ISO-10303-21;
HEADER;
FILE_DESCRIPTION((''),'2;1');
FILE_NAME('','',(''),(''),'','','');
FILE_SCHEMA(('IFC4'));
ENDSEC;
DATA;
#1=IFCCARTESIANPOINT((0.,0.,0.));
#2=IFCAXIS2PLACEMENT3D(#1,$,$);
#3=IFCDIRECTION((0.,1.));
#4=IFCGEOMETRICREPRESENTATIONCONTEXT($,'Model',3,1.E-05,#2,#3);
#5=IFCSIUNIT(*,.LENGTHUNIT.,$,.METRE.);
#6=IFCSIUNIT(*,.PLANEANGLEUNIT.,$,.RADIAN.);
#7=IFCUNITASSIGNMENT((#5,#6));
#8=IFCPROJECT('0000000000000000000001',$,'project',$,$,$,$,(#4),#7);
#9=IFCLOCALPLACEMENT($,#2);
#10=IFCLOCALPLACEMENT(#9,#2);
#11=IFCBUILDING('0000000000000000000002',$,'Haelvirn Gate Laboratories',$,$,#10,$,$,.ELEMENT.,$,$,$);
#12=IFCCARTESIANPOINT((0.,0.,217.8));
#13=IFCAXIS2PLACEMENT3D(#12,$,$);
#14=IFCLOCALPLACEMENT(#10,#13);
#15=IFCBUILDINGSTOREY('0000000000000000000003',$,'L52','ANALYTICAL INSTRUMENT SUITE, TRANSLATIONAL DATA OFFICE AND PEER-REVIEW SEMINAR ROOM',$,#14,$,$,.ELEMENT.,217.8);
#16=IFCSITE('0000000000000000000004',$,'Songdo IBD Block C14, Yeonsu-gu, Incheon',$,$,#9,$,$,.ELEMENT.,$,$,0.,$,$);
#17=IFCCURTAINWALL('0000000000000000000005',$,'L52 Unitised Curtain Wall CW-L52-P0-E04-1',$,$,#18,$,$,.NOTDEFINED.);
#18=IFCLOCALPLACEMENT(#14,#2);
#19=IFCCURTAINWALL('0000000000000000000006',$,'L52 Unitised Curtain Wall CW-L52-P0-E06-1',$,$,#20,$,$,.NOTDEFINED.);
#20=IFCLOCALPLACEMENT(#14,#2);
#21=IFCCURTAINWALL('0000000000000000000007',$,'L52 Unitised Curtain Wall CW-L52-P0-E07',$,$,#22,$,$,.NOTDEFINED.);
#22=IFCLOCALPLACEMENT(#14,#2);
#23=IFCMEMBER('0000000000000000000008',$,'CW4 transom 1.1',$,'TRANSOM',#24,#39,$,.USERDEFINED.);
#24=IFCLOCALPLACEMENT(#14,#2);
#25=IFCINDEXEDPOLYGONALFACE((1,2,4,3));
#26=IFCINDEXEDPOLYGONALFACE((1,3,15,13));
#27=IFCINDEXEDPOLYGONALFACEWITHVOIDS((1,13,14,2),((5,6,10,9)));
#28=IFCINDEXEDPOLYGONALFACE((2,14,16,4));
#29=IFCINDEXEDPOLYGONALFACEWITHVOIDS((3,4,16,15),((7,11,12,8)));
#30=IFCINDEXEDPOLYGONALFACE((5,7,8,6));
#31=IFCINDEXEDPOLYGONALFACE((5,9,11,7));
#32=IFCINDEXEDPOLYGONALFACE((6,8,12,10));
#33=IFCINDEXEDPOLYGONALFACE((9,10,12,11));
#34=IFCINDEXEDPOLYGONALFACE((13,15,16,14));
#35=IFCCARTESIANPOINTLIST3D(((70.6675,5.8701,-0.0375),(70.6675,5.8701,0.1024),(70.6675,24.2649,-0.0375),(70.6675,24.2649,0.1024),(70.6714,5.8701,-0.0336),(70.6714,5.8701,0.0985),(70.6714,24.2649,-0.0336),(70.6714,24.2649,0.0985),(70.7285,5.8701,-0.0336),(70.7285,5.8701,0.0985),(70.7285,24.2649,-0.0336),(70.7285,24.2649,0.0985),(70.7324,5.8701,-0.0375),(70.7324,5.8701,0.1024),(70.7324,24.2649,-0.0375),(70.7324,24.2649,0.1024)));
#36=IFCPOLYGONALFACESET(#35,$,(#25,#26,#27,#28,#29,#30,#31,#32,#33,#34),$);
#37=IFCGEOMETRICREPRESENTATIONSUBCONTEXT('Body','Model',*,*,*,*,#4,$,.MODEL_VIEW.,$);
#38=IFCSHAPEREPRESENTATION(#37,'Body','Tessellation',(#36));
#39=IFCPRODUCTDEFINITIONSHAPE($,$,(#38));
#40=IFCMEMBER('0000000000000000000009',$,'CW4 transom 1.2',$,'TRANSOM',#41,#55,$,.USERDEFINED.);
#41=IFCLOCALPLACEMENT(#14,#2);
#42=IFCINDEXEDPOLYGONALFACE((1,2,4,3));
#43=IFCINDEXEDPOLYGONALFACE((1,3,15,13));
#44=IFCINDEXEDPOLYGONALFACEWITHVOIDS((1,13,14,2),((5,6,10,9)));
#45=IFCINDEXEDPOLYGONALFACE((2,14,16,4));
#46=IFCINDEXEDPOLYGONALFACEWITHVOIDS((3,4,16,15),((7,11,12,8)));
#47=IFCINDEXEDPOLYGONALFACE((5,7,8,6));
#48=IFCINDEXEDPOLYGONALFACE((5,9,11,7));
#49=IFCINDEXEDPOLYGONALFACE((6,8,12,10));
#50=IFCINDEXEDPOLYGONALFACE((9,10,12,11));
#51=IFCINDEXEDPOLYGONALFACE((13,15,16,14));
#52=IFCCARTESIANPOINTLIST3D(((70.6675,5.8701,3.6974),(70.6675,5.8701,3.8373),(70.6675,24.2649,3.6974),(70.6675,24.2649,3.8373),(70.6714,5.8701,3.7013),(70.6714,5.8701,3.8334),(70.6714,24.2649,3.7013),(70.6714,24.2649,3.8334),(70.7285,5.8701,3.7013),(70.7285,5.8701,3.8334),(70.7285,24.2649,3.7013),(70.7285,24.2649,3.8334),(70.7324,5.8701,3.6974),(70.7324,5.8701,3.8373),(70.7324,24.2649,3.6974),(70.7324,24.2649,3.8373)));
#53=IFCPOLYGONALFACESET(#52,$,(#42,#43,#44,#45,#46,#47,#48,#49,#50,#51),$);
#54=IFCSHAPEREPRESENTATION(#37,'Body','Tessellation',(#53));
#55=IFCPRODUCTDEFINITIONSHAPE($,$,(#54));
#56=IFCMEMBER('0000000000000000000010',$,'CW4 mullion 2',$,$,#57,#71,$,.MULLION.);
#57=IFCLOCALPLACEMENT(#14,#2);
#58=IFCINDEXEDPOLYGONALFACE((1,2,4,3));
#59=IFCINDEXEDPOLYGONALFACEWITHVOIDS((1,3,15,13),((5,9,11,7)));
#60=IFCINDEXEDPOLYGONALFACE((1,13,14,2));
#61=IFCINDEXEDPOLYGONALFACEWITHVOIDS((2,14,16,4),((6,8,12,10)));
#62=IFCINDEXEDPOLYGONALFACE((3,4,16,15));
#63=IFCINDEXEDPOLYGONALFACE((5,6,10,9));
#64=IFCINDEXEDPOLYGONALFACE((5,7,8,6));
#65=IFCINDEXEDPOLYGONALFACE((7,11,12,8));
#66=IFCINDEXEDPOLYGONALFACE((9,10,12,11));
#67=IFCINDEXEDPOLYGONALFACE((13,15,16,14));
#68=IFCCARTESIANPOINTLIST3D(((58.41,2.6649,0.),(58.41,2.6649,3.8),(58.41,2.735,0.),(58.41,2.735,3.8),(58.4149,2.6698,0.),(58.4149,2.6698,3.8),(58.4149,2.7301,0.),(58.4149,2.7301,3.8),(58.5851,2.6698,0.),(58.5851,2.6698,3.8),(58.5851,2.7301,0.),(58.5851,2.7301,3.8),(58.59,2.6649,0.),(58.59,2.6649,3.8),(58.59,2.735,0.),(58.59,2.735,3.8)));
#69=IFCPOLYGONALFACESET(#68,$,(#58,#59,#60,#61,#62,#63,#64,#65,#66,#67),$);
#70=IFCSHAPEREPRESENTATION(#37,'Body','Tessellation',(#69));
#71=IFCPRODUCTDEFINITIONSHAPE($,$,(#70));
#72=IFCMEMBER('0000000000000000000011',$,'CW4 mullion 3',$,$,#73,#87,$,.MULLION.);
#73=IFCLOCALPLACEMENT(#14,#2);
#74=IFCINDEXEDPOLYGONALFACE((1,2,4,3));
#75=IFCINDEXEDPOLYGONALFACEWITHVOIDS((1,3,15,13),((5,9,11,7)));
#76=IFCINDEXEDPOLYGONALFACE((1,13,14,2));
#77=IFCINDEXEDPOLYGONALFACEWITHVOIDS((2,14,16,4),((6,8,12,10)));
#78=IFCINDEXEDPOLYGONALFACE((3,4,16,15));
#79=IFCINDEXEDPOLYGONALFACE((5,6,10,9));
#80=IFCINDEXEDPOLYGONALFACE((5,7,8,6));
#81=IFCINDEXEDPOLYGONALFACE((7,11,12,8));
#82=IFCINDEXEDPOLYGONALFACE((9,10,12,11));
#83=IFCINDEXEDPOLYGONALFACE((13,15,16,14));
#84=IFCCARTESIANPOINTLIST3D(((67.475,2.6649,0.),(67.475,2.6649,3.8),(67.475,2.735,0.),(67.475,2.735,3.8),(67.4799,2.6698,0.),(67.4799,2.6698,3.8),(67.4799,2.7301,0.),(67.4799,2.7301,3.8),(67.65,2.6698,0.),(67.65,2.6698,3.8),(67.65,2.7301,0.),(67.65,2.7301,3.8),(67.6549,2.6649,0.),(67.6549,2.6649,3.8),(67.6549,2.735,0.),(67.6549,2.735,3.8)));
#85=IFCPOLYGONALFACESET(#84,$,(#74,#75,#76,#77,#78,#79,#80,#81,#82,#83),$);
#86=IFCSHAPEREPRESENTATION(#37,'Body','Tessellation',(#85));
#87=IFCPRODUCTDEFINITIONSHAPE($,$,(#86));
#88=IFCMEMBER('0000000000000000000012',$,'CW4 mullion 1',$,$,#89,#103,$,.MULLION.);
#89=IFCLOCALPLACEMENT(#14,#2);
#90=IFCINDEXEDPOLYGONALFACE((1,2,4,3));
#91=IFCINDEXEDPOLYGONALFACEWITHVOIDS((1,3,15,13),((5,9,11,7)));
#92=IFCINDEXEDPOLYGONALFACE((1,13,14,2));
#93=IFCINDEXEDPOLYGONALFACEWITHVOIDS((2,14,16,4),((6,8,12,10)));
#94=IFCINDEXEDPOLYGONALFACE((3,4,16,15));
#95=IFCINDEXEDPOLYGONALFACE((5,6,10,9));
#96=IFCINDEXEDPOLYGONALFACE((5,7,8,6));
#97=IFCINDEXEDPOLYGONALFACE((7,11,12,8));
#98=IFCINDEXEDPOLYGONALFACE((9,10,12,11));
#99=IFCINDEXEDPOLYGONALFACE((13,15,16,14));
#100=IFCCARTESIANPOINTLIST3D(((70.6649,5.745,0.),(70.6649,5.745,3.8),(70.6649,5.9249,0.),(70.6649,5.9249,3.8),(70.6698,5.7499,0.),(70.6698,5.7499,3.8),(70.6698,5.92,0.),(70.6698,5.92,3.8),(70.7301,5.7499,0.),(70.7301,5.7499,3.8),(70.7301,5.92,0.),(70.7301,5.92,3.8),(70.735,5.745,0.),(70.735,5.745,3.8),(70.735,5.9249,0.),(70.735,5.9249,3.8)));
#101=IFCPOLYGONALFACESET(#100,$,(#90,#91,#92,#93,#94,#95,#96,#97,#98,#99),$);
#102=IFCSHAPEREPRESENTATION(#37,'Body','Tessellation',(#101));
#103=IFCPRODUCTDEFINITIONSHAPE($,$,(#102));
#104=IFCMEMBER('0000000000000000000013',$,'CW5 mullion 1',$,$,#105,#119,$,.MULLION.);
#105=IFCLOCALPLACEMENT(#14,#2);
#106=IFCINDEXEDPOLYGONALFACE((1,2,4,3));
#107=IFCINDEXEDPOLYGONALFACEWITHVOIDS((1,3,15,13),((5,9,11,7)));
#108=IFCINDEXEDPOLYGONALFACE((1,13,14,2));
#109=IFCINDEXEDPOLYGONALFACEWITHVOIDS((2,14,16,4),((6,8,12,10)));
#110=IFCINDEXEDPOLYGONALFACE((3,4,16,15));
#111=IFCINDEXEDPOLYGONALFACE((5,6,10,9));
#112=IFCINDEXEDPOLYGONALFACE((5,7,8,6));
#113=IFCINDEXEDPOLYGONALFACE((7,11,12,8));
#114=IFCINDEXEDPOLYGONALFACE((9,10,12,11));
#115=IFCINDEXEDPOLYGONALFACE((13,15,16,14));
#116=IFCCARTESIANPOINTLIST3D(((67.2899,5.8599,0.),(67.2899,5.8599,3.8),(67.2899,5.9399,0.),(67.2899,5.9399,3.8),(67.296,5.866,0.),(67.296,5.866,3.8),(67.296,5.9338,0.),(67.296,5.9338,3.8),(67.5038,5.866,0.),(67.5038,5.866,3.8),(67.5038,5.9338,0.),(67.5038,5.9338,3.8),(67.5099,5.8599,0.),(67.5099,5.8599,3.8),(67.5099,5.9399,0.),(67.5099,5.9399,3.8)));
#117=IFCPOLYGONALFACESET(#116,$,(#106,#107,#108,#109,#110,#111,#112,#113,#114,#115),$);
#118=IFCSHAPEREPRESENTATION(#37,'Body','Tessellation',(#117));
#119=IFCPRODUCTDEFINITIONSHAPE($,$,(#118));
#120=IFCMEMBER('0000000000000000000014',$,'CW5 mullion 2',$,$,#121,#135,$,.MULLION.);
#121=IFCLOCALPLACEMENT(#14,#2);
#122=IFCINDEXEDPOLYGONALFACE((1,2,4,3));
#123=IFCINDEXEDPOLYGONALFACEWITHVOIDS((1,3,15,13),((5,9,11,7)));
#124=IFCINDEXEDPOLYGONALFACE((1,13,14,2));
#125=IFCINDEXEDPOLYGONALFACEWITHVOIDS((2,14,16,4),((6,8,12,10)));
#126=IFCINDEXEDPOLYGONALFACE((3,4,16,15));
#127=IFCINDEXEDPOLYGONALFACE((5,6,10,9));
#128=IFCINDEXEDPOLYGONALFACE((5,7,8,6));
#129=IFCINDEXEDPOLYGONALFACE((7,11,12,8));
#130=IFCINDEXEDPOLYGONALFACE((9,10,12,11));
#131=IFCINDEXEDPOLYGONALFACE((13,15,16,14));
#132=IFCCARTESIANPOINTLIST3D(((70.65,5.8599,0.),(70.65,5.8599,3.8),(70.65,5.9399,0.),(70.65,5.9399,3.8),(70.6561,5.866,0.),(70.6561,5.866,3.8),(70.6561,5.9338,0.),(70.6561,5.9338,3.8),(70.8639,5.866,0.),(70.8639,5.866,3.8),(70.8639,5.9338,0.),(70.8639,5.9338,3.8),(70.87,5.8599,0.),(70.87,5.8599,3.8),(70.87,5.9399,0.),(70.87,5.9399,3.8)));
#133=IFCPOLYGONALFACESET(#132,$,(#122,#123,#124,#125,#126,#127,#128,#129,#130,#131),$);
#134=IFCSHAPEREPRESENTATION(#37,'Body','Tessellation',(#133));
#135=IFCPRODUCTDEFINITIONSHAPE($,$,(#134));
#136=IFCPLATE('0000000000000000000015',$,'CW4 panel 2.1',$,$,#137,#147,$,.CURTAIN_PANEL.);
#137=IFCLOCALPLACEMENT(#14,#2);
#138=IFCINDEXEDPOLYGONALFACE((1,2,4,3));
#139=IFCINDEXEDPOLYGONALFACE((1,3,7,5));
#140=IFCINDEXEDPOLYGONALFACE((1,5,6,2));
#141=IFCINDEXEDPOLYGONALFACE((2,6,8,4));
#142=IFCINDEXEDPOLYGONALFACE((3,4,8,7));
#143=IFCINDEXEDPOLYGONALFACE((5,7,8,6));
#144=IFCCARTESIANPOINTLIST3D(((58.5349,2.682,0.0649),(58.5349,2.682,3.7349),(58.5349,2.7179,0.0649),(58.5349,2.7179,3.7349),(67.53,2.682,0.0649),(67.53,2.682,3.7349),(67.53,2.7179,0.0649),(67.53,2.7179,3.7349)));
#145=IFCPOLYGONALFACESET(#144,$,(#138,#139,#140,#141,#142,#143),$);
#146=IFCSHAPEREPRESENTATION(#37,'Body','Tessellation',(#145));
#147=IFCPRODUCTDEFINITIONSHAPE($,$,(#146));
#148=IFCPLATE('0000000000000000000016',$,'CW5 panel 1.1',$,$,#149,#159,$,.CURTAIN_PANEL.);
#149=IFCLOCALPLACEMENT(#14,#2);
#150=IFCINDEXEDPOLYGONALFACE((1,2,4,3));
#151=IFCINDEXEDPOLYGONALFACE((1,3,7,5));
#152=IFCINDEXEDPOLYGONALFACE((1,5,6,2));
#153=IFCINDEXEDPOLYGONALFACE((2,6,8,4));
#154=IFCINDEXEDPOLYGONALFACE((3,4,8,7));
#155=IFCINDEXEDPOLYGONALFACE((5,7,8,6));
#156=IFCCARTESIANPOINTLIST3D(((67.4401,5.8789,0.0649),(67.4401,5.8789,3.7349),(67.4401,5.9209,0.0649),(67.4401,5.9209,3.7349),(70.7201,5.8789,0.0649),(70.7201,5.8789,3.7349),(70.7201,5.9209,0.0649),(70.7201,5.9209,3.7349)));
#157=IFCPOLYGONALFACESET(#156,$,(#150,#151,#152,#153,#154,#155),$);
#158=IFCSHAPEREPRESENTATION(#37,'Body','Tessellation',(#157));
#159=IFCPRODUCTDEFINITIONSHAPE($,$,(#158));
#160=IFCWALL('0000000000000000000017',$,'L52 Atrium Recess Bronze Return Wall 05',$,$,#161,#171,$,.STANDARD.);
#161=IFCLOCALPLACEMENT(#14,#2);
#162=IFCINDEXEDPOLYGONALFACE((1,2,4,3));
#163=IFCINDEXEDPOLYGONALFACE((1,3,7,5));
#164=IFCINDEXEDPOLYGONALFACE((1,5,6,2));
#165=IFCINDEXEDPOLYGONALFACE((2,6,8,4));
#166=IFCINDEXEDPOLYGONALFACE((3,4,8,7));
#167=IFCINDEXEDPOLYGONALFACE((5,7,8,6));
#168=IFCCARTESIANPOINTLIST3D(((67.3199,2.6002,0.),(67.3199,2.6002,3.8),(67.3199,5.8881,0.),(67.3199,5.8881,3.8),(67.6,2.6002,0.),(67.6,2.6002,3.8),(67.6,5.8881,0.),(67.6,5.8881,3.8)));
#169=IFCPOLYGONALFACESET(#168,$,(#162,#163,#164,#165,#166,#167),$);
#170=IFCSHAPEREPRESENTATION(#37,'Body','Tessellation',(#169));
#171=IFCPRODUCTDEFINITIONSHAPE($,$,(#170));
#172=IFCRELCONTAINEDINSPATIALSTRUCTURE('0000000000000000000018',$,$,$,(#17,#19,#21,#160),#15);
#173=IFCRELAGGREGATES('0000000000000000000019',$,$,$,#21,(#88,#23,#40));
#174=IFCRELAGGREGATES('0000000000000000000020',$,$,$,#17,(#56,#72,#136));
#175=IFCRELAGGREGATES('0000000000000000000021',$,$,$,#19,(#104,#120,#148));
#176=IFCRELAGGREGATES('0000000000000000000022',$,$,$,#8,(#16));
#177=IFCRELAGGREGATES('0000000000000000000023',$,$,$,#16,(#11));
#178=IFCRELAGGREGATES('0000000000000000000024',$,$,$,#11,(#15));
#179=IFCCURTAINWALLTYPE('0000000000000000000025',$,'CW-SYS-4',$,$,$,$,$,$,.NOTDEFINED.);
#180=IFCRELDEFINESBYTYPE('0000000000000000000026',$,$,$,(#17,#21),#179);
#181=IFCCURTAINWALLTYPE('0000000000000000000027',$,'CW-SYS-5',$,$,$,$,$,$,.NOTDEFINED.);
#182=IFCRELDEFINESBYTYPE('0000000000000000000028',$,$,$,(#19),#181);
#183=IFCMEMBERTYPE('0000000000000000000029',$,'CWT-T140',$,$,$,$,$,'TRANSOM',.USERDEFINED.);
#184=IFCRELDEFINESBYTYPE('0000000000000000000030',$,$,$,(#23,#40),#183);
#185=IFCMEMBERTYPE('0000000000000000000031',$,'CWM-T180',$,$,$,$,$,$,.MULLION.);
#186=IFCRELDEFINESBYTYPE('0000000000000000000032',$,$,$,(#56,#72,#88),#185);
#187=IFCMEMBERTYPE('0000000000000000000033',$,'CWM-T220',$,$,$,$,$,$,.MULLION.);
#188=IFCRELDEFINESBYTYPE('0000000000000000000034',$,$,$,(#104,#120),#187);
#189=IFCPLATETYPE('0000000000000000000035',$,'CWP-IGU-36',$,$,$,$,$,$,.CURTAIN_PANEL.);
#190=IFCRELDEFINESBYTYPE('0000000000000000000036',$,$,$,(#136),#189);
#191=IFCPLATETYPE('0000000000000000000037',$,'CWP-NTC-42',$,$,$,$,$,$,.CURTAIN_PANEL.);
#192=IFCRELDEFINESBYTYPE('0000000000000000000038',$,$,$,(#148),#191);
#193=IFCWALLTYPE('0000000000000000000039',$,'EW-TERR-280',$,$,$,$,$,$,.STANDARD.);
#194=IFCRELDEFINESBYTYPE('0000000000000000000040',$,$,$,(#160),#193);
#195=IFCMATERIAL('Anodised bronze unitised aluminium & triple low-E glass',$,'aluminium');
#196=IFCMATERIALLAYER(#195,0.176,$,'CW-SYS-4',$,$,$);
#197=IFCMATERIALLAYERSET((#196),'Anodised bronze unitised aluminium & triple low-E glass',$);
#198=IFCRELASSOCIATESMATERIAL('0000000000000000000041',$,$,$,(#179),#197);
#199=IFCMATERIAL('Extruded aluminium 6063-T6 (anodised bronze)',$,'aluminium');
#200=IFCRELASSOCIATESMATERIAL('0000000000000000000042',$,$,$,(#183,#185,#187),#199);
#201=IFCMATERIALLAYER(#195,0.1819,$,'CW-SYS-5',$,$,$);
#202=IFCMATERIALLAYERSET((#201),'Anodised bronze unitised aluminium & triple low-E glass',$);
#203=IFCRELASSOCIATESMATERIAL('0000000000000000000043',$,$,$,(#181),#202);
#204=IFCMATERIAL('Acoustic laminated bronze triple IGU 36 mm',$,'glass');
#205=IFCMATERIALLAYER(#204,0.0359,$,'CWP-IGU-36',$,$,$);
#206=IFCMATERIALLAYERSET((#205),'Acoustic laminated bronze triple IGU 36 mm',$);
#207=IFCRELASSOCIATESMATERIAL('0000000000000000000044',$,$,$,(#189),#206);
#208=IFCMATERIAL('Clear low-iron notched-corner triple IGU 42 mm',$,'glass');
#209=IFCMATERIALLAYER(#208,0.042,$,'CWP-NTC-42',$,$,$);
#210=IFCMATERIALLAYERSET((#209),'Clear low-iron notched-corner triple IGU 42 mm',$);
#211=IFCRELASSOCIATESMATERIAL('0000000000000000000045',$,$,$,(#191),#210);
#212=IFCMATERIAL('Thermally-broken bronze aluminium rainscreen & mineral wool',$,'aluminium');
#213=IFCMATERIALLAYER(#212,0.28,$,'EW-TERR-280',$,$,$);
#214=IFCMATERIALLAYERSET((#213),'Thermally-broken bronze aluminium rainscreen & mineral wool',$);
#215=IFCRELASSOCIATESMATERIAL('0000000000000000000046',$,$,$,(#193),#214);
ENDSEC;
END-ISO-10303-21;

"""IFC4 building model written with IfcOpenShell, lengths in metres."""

from ifc_helpers import new_model, si_unit, direction, frame, frame_2d, origin, origin_2d, place, context, subcontext, project, spatial, rectangle, hollow_rectangle, extrude, source, transform, mapped, material, layer, layer_set, material_profile, profile_set, type_object, type_shapes, element, aggregate, save


model = new_model("IFC4")

# Units and contexts
model_context = context("Model", 3, precision=1e-05, world=origin(), true_north=direction((0.0, 1.0)))
body_context = subcontext(model_context, "Body", "Model", "MODEL_VIEW")
ifc_project = project(units=[si_unit("LENGTHUNIT", "METRE"), si_unit("PLANEANGLEUNIT", "RADIAN")], contexts=[model_context])

# Site, building, storey
site_placement = place(None, origin())
site = spatial("IfcSite", under=ifc_project, at=site_placement, Name="Songdo IBD Block C14, Yeonsu-gu, Incheon", CompositionType="ELEMENT", RefElevation=0.0)
building_placement = place(site_placement, origin())
building = spatial("IfcBuilding", under=site, at=building_placement, Name="Haelvirn Gate Laboratories", CompositionType="ELEMENT")
storey_placement = place(building_placement, frame((0.0, 0.0, 217.8)))
storey = spatial("IfcBuildingStorey", under=building, at=storey_placement, Name="L52", Description="ANALYTICAL INSTRUMENT SUITE, TRANSLATIONAL DATA OFFICE AND PEER-REVIEW SEMINAR ROOM", CompositionType="ELEMENT", Elevation=217.8)

# Curtain walls, members
ifc_material_1 = material(Name="Anodised bronze unitised aluminium & triple low-E glass", Category="aluminium")
ifc_layer_1 = layer(ifc_material_1, 0.176, Name="CW-SYS-4")
ifc_layer_set_1 = layer_set([ifc_layer_1], Name="Anodised bronze unitised aluminium & triple low-E glass")
curtain_wall_type_1 = type_object("IfcCurtainWallType", Name="CW-SYS-4", PredefinedType="NOTDEFINED", material=ifc_layer_set_1)
curtain_wall_1_placement = place(storey_placement, origin())
curtain_wall_1 = element("IfcCurtainWall", 1, at=curtain_wall_1_placement, inside=storey, type_object=curtain_wall_type_1, Name="L52 Unitised Curtain Wall CW-L52-P0-E04-1", PredefinedType="NOTDEFINED")
ifc_material_2 = material(Name="Extruded aluminium 6063-T6 (anodised bronze)", Category="aluminium")
ifc_material_profile_1 = material_profile(ifc_material_2, hollow_rectangle(XDim=0.0649, YDim=0.1399, WallThickness=0.0039, at=origin_2d()), Name="CWT-140x65x4")
ifc_profile_set_1 = profile_set([ifc_material_profile_1], Name="Extruded aluminium 6063-T6 (anodised bronze)")
member_type_1 = type_object("IfcMemberType", Name="CWT-T140", ElementType="TRANSOM", PredefinedType="USERDEFINED", material=ifc_profile_set_1)
ifc_layer_2 = layer(ifc_material_1, 0.1819, Name="CW-SYS-5")
ifc_layer_set_2 = layer_set([ifc_layer_2], Name="Anodised bronze unitised aluminium & triple low-E glass")
curtain_wall_type_2 = type_object("IfcCurtainWallType", Name="CW-SYS-5", PredefinedType="NOTDEFINED", material=ifc_layer_set_2)
curtain_wall_2_placement = place(storey_placement, origin())
curtain_wall_2 = element("IfcCurtainWall", 2, at=curtain_wall_2_placement, inside=storey, type_object=curtain_wall_type_2, Name="L52 Unitised Curtain Wall CW-L52-P0-E06-1", PredefinedType="NOTDEFINED")
curtain_wall_3_placement = place(storey_placement, origin())
curtain_wall_3 = element("IfcCurtainWall", 3, at=curtain_wall_3_placement, inside=storey, type_object=curtain_wall_type_1, Name="L52 Unitised Curtain Wall CW-L52-P0-E07", PredefinedType="NOTDEFINED")
shared_shape_1 = source(origin(), body_context, "Body", "SweptSolid", [
    extrude(hollow_rectangle(XDim=0.0649, YDim=0.1399, WallThickness=0.0039, at=origin_2d()), origin(), (0.0, 0.0, 1.0), 18.3948),
])
member_1_placement = place(storey_placement, frame((70.7, 5.8701, 0.0325), z_axis=(0.0, 1.0, 0.0), x_axis=(-1.0, 0.0, 0.0)))
member_1 = element("IfcMember", 4, at=member_1_placement, type_object=member_type_1, Name="CW4 transom 1.1", ObjectType="TRANSOM", PredefinedType="USERDEFINED", context=body_context, shape_type="MappedRepresentation", body=[
    mapped(shared_shape_1, transform((0.0, 0.0, 0.0), scale=1.0)),
])
member_2_placement = place(storey_placement, frame((70.7, 5.8701, 3.7673), z_axis=(0.0, 1.0, 0.0), x_axis=(-1.0, 0.0, 0.0)))
member_2 = element("IfcMember", 5, at=member_2_placement, type_object=member_type_1, Name="CW4 transom 1.2", ObjectType="TRANSOM", PredefinedType="USERDEFINED", context=body_context, shape_type="MappedRepresentation", body=[
    mapped(shared_shape_1, transform((0.0, 0.0, 0.0), scale=1.0)),
])

# Members
ifc_material_profile_2 = material_profile(ifc_material_2, hollow_rectangle(XDim=0.0701, YDim=0.1799, WallThickness=0.0049, at=origin_2d()), Name="CWM-180x70x5")
ifc_profile_set_2 = profile_set([ifc_material_profile_2], Name="Extruded aluminium 6063-T6 (anodised bronze)")
member_type_2 = type_object("IfcMemberType", Name="CWM-T180", PredefinedType="MULLION", material=ifc_profile_set_2)
shared_shape_2 = source(origin(), body_context, "Body", "SweptSolid", [
    extrude(hollow_rectangle(XDim=0.0701, YDim=0.1799, WallThickness=0.0049, at=origin_2d()), origin(), (0.0, 0.0, 1.0), 3.8),
])
type_shapes(member_type_2, [shared_shape_2])
member_3_placement = place(storey_placement, frame((58.5, 2.7, 0.0), z_axis=(0.0, 0.0, 1.0), x_axis=(0.0, 1.0, 0.0)))
member_3 = element("IfcMember", 6, at=member_3_placement, type_object=member_type_2, Name="CW4 mullion 2", PredefinedType="MULLION", context=body_context, shape_type="MappedRepresentation", body=[
    mapped(shared_shape_2, transform((0.0, 0.0, 0.0), scale=1.0)),
])
member_4_placement = place(storey_placement, frame((67.5649, 2.7, 0.0), z_axis=(0.0, 0.0, 1.0), x_axis=(0.0, 1.0, 0.0)))
member_4 = element("IfcMember", 7, at=member_4_placement, type_object=member_type_2, Name="CW4 mullion 3", PredefinedType="MULLION", context=body_context, shape_type="MappedRepresentation", body=[
    mapped(shared_shape_2, transform((0.0, 0.0, 0.0), scale=1.0)),
])
member_5_placement = place(storey_placement, frame((70.7, 5.835, 0.0), z_axis=(0.0, 0.0, 1.0), x_axis=(-1.0, 0.0, 0.0)))
member_5 = element("IfcMember", 8, at=member_5_placement, type_object=member_type_2, Name="CW4 mullion 1", PredefinedType="MULLION", context=body_context, shape_type="MappedRepresentation", body=[
    mapped(shared_shape_2, transform((0.0, 0.0, 0.0), scale=1.0)),
])
aggregate(curtain_wall_3, [member_5, member_1, member_2])
ifc_material_profile_3 = material_profile(ifc_material_2, hollow_rectangle(XDim=0.0801, YDim=0.22, WallThickness=0.0061, at=origin_2d()), Name="CWM-220x80x6")
ifc_profile_set_3 = profile_set([ifc_material_profile_3], Name="Extruded aluminium 6063-T6 (anodised bronze)")
member_type_3 = type_object("IfcMemberType", Name="CWM-T220", PredefinedType="MULLION", material=ifc_profile_set_3)
shared_shape_3 = source(origin(), body_context, "Body", "SweptSolid", [
    extrude(hollow_rectangle(XDim=0.0801, YDim=0.22, WallThickness=0.0061, at=origin_2d()), origin(), (0.0, 0.0, 1.0), 3.8),
])
type_shapes(member_type_3, [shared_shape_3])
member_6_placement = place(storey_placement, frame((67.3999, 5.8999, 0.0), z_axis=(0.0, 0.0, 1.0), x_axis=(0.0, 1.0, 0.0)))
member_6 = element("IfcMember", 9, at=member_6_placement, type_object=member_type_3, Name="CW5 mullion 1", PredefinedType="MULLION", context=body_context, shape_type="MappedRepresentation", body=[
    mapped(shared_shape_3, transform((0.0, 0.0, 0.0), scale=1.0)),
])
member_7_placement = place(storey_placement, frame((70.76, 5.8999, 0.0), z_axis=(0.0, 0.0, 1.0), x_axis=(0.0, 1.0, 0.0)))
member_7 = element("IfcMember", 10, at=member_7_placement, type_object=member_type_3, Name="CW5 mullion 2", PredefinedType="MULLION", context=body_context, shape_type="MappedRepresentation", body=[
    mapped(shared_shape_3, transform((0.0, 0.0, 0.0), scale=1.0)),
])

# Plates
ifc_material_3 = material(Name="Acoustic laminated bronze triple IGU 36 mm", Category="glass")
ifc_layer_3 = layer(ifc_material_3, 0.0359, Name="CWP-IGU-36")
ifc_layer_set_3 = layer_set([ifc_layer_3], Name="Acoustic laminated bronze triple IGU 36 mm")
plate_type_1 = type_object("IfcPlateType", Name="CWP-IGU-36", PredefinedType="CURTAIN_PANEL", material=ifc_layer_set_3)
shared_shape_4 = source(origin(), body_context, "Body", "SweptSolid", [
    extrude(rectangle(XDim=8.9951, YDim=0.0359, at=origin_2d()), origin(), (0.0, 0.0, 1.0), 3.6699),
])
type_shapes(plate_type_1, [shared_shape_4])
plate_1_placement = place(storey_placement, frame((63.0325, 2.7, 0.0649), z_axis=(0.0, 0.0, 1.0), x_axis=(1.0, 0.0, 0.0)))
plate_1 = element("IfcPlate", 11, at=plate_1_placement, type_object=plate_type_1, Name="CW4 panel 2.1", PredefinedType="CURTAIN_PANEL", context=body_context, shape_type="MappedRepresentation", body=[
    mapped(shared_shape_4, transform((0.0, 0.0, 0.0), scale=1.0)),
])
aggregate(curtain_wall_1, [member_3, member_4, plate_1])
ifc_material_4 = material(Name="Clear low-iron notched-corner triple IGU 42 mm", Category="glass")
ifc_layer_4 = layer(ifc_material_4, 0.042, Name="CWP-NTC-42")
ifc_layer_set_4 = layer_set([ifc_layer_4], Name="Clear low-iron notched-corner triple IGU 42 mm")
plate_type_2 = type_object("IfcPlateType", Name="CWP-NTC-42", PredefinedType="CURTAIN_PANEL", material=ifc_layer_set_4)
shared_shape_5 = source(origin(), body_context, "Body", "SweptSolid", [
    extrude(rectangle(XDim=3.28, YDim=0.042, at=origin_2d()), origin(), (0.0, 0.0, 1.0), 3.6699),
])
type_shapes(plate_type_2, [shared_shape_5])
plate_2_placement = place(storey_placement, frame((69.0801, 5.8999, 0.0649), z_axis=(0.0, 0.0, 1.0), x_axis=(1.0, 0.0, 0.0)))
plate_2 = element("IfcPlate", 12, at=plate_2_placement, type_object=plate_type_2, Name="CW5 panel 1.1", PredefinedType="CURTAIN_PANEL", context=body_context, shape_type="MappedRepresentation", body=[
    mapped(shared_shape_5, transform((0.0, 0.0, 0.0), scale=1.0)),
])
aggregate(curtain_wall_2, [member_6, member_7, plate_2])

# Wall
ifc_material_5 = material(Name="Thermally-broken bronze aluminium rainscreen & mineral wool", Category="aluminium")
ifc_layer_5 = layer(ifc_material_5, 0.28, Name="EW-TERR-280")
ifc_layer_set_5 = layer_set([ifc_layer_5], Name="Thermally-broken bronze aluminium rainscreen & mineral wool")
wall_type = type_object("IfcWallType", Name="EW-TERR-280", PredefinedType="STANDARD", material=ifc_layer_set_5)
wall_placement = place(storey_placement, frame((67.46, 2.6001, 0.0), z_axis=(0.0, 0.0, 1.0), x_axis=(0.0, 1.0, 0.0)))
element("IfcWall", 13, at=wall_placement, inside=storey, type_object=wall_type, Name="L52 Atrium Recess Bronze Return Wall 05", PredefinedType="STANDARD", context=body_context, shape_type="SweptSolid", body=[
    extrude(rectangle(XDim=3.2878, YDim=0.28, at=frame_2d((1.644, 0.0))), origin(), (0.0, 0.0, 1.0), 3.8),
])

save(model, "model.ifc")
